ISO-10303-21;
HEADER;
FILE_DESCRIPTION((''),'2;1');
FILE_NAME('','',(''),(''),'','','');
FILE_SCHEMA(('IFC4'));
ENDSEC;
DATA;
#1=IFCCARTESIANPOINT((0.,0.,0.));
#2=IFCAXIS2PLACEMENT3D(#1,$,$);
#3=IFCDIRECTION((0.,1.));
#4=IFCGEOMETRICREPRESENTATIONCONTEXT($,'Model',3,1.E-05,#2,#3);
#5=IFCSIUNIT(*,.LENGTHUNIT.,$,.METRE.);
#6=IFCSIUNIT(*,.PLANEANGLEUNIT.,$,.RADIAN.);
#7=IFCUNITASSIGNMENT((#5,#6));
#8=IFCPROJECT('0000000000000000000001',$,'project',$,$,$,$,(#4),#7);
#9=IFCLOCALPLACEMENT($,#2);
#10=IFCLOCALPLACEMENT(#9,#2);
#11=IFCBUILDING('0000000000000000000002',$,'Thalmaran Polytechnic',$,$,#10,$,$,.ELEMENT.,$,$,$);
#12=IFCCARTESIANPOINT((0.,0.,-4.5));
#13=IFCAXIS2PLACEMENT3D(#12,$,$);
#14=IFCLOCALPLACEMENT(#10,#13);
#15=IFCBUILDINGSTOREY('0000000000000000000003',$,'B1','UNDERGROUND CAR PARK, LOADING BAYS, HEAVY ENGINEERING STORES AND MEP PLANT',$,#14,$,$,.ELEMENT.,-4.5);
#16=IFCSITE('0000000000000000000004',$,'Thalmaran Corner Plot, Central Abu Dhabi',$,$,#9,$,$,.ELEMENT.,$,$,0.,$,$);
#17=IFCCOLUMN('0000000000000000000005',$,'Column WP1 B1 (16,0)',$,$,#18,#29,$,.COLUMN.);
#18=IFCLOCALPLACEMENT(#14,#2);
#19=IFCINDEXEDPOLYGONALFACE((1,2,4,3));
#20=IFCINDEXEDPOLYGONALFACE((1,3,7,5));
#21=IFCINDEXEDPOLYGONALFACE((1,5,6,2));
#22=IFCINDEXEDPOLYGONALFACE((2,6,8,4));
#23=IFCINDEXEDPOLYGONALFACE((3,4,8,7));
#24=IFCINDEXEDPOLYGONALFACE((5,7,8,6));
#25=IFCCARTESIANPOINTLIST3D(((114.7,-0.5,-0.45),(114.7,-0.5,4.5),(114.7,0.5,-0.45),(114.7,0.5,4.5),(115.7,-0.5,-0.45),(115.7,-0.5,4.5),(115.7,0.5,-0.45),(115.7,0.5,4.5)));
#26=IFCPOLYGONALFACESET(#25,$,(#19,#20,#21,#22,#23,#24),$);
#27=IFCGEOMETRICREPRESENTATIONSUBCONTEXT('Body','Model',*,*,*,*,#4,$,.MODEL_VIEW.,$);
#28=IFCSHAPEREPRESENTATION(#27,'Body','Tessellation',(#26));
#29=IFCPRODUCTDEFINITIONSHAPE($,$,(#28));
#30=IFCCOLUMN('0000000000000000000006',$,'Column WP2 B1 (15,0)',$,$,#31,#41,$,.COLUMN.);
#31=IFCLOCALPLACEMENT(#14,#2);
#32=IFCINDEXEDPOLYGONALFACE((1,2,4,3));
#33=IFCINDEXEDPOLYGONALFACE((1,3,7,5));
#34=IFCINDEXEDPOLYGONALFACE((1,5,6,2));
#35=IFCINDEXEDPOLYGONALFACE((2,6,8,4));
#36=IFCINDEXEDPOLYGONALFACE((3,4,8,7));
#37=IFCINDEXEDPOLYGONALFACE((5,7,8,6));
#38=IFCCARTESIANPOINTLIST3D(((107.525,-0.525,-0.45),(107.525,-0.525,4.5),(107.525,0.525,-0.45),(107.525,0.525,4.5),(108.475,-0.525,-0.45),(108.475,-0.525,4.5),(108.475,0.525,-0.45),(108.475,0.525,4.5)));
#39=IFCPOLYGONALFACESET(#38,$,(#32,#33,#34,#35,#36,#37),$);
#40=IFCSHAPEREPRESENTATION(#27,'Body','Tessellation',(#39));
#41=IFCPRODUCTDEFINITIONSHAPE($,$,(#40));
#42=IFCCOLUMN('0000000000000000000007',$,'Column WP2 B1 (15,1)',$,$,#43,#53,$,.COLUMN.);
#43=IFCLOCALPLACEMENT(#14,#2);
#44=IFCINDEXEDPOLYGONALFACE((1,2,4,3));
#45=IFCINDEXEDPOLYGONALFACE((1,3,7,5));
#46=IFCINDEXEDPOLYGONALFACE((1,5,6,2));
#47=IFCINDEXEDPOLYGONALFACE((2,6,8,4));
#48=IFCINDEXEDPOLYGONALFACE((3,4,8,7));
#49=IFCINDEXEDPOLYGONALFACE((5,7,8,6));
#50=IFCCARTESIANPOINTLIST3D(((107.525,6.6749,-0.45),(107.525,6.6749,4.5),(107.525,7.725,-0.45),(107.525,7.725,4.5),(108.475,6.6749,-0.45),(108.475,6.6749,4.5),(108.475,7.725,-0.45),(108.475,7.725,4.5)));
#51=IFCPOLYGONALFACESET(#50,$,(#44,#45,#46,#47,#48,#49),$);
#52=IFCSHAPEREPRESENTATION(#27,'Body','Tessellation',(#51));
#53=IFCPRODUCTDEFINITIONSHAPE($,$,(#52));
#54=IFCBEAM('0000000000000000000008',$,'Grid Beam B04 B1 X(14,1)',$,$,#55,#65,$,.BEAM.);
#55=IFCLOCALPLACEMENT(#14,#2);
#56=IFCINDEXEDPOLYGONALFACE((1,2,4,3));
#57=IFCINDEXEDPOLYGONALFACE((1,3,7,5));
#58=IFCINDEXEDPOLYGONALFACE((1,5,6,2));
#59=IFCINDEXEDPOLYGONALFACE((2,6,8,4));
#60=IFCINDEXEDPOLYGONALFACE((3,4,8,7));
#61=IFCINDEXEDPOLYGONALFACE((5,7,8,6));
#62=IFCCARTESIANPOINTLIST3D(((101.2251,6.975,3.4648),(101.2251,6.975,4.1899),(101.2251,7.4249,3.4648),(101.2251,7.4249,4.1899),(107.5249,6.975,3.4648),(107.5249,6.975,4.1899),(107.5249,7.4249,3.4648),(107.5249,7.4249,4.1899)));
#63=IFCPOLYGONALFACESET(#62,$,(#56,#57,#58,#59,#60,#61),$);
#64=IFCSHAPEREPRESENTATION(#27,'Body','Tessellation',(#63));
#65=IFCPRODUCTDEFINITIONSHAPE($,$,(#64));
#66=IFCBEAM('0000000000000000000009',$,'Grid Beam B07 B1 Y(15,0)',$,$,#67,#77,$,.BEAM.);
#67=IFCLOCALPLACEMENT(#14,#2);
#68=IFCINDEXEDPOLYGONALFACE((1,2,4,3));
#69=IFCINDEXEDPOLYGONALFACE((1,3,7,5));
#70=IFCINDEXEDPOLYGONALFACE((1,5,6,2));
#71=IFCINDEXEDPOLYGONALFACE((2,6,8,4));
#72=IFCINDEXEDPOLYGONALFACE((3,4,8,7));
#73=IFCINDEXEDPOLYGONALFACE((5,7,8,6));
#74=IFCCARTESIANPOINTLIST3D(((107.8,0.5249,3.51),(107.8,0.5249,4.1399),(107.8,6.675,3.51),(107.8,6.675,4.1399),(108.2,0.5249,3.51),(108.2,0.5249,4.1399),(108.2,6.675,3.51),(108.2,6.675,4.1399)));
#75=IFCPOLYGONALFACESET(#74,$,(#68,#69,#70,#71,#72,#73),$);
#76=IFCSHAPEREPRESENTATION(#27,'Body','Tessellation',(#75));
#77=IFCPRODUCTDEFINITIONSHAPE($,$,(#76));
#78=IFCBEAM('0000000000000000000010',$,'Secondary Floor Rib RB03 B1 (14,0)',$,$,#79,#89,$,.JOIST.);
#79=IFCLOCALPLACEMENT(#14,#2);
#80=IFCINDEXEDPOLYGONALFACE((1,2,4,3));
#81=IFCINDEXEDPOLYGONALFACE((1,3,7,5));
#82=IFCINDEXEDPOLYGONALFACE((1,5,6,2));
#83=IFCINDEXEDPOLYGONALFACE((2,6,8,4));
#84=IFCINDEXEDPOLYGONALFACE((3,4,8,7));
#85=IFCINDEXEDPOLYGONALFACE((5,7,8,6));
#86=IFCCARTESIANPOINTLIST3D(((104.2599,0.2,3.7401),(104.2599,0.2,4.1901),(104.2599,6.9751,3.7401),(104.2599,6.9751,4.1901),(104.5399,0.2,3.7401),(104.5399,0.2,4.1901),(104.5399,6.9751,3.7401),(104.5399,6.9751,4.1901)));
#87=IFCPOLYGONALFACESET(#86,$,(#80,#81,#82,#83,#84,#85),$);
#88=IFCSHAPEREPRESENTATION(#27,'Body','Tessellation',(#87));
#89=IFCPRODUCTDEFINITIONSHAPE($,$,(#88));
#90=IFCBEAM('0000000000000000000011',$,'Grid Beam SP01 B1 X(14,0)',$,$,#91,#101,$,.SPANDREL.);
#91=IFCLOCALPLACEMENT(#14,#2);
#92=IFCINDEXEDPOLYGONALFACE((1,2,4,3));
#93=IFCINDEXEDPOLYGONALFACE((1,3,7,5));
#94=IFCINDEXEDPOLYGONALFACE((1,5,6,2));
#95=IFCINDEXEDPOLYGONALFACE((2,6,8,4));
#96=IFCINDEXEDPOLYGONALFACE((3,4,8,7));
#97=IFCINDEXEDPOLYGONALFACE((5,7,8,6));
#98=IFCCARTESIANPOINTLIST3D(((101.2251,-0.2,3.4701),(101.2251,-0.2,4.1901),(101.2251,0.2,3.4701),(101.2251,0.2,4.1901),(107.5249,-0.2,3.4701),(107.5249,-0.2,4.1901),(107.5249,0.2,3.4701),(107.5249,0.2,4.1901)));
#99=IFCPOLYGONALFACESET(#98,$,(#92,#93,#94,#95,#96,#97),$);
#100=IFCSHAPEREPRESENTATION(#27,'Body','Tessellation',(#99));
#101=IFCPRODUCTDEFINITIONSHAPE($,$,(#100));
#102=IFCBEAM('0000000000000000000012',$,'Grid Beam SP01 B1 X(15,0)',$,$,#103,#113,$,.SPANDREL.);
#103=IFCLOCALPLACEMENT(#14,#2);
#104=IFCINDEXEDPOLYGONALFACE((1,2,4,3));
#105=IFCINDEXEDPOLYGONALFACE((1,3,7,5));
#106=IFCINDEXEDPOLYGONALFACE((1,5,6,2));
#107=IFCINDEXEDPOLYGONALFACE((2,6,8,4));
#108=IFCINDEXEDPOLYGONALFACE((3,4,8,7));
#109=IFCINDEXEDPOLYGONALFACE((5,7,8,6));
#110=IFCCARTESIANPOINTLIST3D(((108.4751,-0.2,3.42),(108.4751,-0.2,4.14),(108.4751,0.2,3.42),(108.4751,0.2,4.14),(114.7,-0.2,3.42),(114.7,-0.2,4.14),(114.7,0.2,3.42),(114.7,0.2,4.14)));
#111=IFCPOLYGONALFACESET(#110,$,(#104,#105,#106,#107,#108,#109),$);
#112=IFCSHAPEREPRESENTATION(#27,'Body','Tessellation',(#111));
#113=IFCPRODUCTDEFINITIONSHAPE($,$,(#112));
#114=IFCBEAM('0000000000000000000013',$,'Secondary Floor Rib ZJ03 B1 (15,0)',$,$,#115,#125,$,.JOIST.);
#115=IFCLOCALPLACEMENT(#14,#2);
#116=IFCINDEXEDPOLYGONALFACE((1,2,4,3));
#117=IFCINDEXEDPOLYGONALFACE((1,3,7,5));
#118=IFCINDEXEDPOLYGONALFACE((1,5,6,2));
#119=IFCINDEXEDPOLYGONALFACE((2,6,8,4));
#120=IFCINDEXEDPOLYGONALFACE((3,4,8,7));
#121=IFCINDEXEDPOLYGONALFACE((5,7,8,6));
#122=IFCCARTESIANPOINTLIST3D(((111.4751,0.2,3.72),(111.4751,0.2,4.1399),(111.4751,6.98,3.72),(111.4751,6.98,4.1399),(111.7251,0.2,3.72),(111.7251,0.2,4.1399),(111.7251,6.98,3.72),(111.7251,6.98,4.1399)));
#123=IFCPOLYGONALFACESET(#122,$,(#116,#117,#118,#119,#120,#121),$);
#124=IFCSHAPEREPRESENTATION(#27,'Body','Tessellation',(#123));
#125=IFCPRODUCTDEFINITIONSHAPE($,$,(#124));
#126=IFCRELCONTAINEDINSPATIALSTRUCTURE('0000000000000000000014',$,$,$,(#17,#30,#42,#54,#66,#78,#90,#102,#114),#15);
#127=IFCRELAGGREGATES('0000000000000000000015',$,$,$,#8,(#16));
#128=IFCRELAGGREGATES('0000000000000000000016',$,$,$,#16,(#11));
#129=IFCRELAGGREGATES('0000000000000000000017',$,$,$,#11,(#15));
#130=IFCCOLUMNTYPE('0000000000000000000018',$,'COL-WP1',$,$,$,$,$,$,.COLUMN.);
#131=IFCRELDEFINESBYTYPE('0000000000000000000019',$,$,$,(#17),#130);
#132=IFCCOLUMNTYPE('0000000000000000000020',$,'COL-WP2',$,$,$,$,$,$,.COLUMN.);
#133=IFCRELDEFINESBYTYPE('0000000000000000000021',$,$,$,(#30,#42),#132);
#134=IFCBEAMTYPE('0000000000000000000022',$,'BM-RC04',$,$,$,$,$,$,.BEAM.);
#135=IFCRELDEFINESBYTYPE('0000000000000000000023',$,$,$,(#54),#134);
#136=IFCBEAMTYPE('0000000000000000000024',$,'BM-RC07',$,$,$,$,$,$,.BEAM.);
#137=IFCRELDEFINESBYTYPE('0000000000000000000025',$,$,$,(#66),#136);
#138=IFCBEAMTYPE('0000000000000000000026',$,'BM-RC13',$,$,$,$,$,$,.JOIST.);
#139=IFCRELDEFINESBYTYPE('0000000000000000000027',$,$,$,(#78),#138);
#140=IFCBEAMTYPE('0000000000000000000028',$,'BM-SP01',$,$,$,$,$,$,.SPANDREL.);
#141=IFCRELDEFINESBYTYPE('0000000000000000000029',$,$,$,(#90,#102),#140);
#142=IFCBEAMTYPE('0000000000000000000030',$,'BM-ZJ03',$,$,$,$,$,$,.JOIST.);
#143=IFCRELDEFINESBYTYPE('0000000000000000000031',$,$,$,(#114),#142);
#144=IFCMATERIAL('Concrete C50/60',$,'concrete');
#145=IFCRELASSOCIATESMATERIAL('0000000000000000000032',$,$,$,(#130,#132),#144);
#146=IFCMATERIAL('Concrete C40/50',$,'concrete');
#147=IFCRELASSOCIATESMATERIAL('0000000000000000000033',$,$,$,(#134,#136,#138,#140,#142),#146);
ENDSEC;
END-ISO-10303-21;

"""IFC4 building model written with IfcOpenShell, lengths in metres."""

from ifc_helpers import new_model, si_unit, direction, frame, origin, origin_2d, place, context, subcontext, project, spatial, rectangle, extrude, material, material_profile, profile_set, type_object, element, save


model = new_model("IFC4")

# Units and contexts
model_context = context("Model", 3, precision=1e-05, world=origin(), true_north=direction((0.0, 1.0)))
body_context = subcontext(model_context, "Body", "Model", "MODEL_VIEW")
ifc_project = project(units=[si_unit("LENGTHUNIT", "METRE"), si_unit("PLANEANGLEUNIT", "RADIAN")], contexts=[model_context])

# Site, building, storey
site_placement = place(None, origin())
site = spatial("IfcSite", under=ifc_project, at=site_placement, Name="Thalmaran Corner Plot, Central Abu Dhabi", CompositionType="ELEMENT", RefElevation=0.0)
building_placement = place(site_placement, origin())
building = spatial("IfcBuilding", under=site, at=building_placement, Name="Thalmaran Polytechnic", CompositionType="ELEMENT")
storey_placement = place(building_placement, frame((0.0, 0.0, -4.5)))
storey = spatial("IfcBuildingStorey", under=building, at=storey_placement, Name="B1", Description="UNDERGROUND CAR PARK, LOADING BAYS, HEAVY ENGINEERING STORES AND MEP PLANT", CompositionType="ELEMENT", Elevation=-4.5)

# Shared definitions
ifc_material_1 = material(Name="Concrete C40/50", Category="concrete")

# Columns
ifc_material_2 = material(Name="Concrete C50/60", Category="concrete")
ifc_material_profile_1 = material_profile(ifc_material_2, rectangle(XDim=1.0, YDim=1.0, at=origin_2d()), Name="RC 1000x1000")
ifc_profile_set_1 = profile_set([ifc_material_profile_1], Name="Concrete C50/60")
column_type_1 = type_object("IfcColumnType", Name="COL-WP1", PredefinedType="COLUMN", material=ifc_profile_set_1)
column_1_placement = place(storey_placement, frame((115.2, 0.0, -0.45), z_axis=(0.0, 0.0, 1.0), x_axis=(1.0, 0.0, 0.0)))
element("IfcColumn", 1, at=column_1_placement, inside=storey, type_object=column_type_1, Name="Column WP1 B1 (16,0)", PredefinedType="COLUMN", context=body_context, shape_type="SweptSolid", body=[
    extrude(rectangle(XDim=1.0, YDim=1.0, at=origin_2d()), origin(), (0.0, 0.0, 1.0), 4.95),
])
ifc_material_profile_2 = material_profile(ifc_material_2, rectangle(XDim=0.95, YDim=1.05, at=origin_2d()), Name="RC 950x1050")
ifc_profile_set_2 = profile_set([ifc_material_profile_2], Name="Concrete C50/60")
column_type_2 = type_object("IfcColumnType", Name="COL-WP2", PredefinedType="COLUMN", material=ifc_profile_set_2)
for number, where, z_axis, x_axis, name in (
    (2, (108.0, 0.0, -0.45), (0.0, 0.0, 1.0), (1.0, 0.0, 0.0), "Column WP2 B1 (15,0)"),
    (3, (108.0, 7.2, -0.45), (0.0, 0.0, 1.0), (1.0, 0.0, 0.0), "Column WP2 B1 (15,1)"),
):
    element("IfcColumn", number, at=place(storey_placement, frame(where, z_axis=z_axis, x_axis=x_axis)), inside=storey, type_object=column_type_2, Name=name, PredefinedType="COLUMN", context=body_context, shape_type="SweptSolid", body=[
        extrude(rectangle(XDim=0.95, YDim=1.05, at=origin_2d()), origin(), (0.0, 0.0, 1.0), 4.95),
    ])

# Beams
ifc_material_profile_3 = material_profile(ifc_material_1, rectangle(XDim=0.45, YDim=0.7251, at=origin_2d()), Name="RC 450x725")
ifc_profile_set_3 = profile_set([ifc_material_profile_3], Name="Concrete C40/50")
beam_type_1 = type_object("IfcBeamType", Name="BM-RC04", PredefinedType="BEAM", material=ifc_profile_set_3)
beam_1_placement = place(storey_placement, frame((101.2251, 7.2, 3.8274), z_axis=(1.0, 0.0, 0.0), x_axis=(0.0, 1.0, 0.0)))
element("IfcBeam", 4, at=beam_1_placement, inside=storey, type_object=beam_type_1, Name="Grid Beam B04 B1 X(14,1)", PredefinedType="BEAM", context=body_context, shape_type="SweptSolid", body=[
    extrude(rectangle(XDim=0.45, YDim=0.7251, at=origin_2d()), origin(), (0.0, 0.0, 1.0), 6.2998),
])
ifc_material_profile_4 = material_profile(ifc_material_1, rectangle(XDim=0.3999, YDim=0.6299, at=origin_2d()), Name="RC 400x630")
ifc_profile_set_4 = profile_set([ifc_material_profile_4], Name="Concrete C40/50")
beam_type_2 = type_object("IfcBeamType", Name="BM-RC07", PredefinedType="BEAM", material=ifc_profile_set_4)
beam_2_placement = place(storey_placement, frame((108.0, 0.5249, 3.825), z_axis=(0.0, 1.0, 0.0), x_axis=(-1.0, 0.0, 0.0)))
element("IfcBeam", 5, at=beam_2_placement, inside=storey, type_object=beam_type_2, Name="Grid Beam B07 B1 Y(15,0)", PredefinedType="BEAM", context=body_context, shape_type="SweptSolid", body=[
    extrude(rectangle(XDim=0.3999, YDim=0.6299, at=origin_2d()), origin(), (0.0, 0.0, 1.0), 6.1501),
])
ifc_material_profile_5 = material_profile(ifc_material_1, rectangle(XDim=0.28, YDim=0.45, at=origin_2d()), Name="RC 280x450")
ifc_profile_set_5 = profile_set([ifc_material_profile_5], Name="Concrete C40/50")
beam_type_3 = type_object("IfcBeamType", Name="BM-RC13", PredefinedType="JOIST", material=ifc_profile_set_5)
beam_3_placement = place(storey_placement, frame((104.3999, 0.2, 3.9651), z_axis=(0.0, 1.0, 0.0), x_axis=(-1.0, 0.0, 0.0)))
element("IfcBeam", 6, at=beam_3_placement, inside=storey, type_object=beam_type_3, Name="Secondary Floor Rib RB03 B1 (14,0)", PredefinedType="JOIST", context=body_context, shape_type="SweptSolid", body=[
    extrude(rectangle(XDim=0.28, YDim=0.45, at=origin_2d()), origin(), (0.0, 0.0, 1.0), 6.7751),
])
ifc_material_profile_6 = material_profile(ifc_material_1, rectangle(XDim=0.3999, YDim=0.72, at=origin_2d()), Name="RC 400x720")
ifc_profile_set_6 = profile_set([ifc_material_profile_6], Name="Concrete C40/50")
beam_type_4 = type_object("IfcBeamType", Name="BM-SP01", PredefinedType="SPANDREL", material=ifc_profile_set_6)
beam_4_placement = place(storey_placement, frame((101.2251, 0.0, 3.8301), z_axis=(1.0, 0.0, 0.0), x_axis=(0.0, 1.0, 0.0)))
element("IfcBeam", 7, at=beam_4_placement, inside=storey, type_object=beam_type_4, Name="Grid Beam SP01 B1 X(14,0)", PredefinedType="SPANDREL", context=body_context, shape_type="SweptSolid", body=[
    extrude(rectangle(XDim=0.3999, YDim=0.72, at=origin_2d()), origin(), (0.0, 0.0, 1.0), 6.2998),
])
beam_5_placement = place(storey_placement, frame((108.4751, 0.0, 3.78), z_axis=(1.0, 0.0, 0.0), x_axis=(0.0, 1.0, 0.0)))
element("IfcBeam", 8, at=beam_5_placement, inside=storey, type_object=beam_type_4, Name="Grid Beam SP01 B1 X(15,0)", PredefinedType="SPANDREL", context=body_context, shape_type="SweptSolid", body=[
    extrude(rectangle(XDim=0.3999, YDim=0.72, at=origin_2d()), origin(), (0.0, 0.0, 1.0), 6.2249),
])
ifc_material_profile_7 = material_profile(ifc_material_1, rectangle(XDim=0.25, YDim=0.4199, at=origin_2d()), Name="RC 250x420")
ifc_profile_set_7 = profile_set([ifc_material_profile_7], Name="Concrete C40/50")
beam_type_5 = type_object("IfcBeamType", Name="BM-ZJ03", PredefinedType="JOIST", material=ifc_profile_set_7)
beam_6_placement = place(storey_placement, frame((111.6001, 0.2, 3.9299), z_axis=(0.0, 1.0, 0.0), x_axis=(-1.0, 0.0, 0.0)))
element("IfcBeam", 9, at=beam_6_placement, inside=storey, type_object=beam_type_5, Name="Secondary Floor Rib ZJ03 B1 (15,0)", PredefinedType="JOIST", context=body_context, shape_type="SweptSolid", body=[
    extrude(rectangle(XDim=0.25, YDim=0.4199, at=origin_2d()), origin(), (0.0, 0.0, 1.0), 6.78),
])

save(model, "model.ifc")
